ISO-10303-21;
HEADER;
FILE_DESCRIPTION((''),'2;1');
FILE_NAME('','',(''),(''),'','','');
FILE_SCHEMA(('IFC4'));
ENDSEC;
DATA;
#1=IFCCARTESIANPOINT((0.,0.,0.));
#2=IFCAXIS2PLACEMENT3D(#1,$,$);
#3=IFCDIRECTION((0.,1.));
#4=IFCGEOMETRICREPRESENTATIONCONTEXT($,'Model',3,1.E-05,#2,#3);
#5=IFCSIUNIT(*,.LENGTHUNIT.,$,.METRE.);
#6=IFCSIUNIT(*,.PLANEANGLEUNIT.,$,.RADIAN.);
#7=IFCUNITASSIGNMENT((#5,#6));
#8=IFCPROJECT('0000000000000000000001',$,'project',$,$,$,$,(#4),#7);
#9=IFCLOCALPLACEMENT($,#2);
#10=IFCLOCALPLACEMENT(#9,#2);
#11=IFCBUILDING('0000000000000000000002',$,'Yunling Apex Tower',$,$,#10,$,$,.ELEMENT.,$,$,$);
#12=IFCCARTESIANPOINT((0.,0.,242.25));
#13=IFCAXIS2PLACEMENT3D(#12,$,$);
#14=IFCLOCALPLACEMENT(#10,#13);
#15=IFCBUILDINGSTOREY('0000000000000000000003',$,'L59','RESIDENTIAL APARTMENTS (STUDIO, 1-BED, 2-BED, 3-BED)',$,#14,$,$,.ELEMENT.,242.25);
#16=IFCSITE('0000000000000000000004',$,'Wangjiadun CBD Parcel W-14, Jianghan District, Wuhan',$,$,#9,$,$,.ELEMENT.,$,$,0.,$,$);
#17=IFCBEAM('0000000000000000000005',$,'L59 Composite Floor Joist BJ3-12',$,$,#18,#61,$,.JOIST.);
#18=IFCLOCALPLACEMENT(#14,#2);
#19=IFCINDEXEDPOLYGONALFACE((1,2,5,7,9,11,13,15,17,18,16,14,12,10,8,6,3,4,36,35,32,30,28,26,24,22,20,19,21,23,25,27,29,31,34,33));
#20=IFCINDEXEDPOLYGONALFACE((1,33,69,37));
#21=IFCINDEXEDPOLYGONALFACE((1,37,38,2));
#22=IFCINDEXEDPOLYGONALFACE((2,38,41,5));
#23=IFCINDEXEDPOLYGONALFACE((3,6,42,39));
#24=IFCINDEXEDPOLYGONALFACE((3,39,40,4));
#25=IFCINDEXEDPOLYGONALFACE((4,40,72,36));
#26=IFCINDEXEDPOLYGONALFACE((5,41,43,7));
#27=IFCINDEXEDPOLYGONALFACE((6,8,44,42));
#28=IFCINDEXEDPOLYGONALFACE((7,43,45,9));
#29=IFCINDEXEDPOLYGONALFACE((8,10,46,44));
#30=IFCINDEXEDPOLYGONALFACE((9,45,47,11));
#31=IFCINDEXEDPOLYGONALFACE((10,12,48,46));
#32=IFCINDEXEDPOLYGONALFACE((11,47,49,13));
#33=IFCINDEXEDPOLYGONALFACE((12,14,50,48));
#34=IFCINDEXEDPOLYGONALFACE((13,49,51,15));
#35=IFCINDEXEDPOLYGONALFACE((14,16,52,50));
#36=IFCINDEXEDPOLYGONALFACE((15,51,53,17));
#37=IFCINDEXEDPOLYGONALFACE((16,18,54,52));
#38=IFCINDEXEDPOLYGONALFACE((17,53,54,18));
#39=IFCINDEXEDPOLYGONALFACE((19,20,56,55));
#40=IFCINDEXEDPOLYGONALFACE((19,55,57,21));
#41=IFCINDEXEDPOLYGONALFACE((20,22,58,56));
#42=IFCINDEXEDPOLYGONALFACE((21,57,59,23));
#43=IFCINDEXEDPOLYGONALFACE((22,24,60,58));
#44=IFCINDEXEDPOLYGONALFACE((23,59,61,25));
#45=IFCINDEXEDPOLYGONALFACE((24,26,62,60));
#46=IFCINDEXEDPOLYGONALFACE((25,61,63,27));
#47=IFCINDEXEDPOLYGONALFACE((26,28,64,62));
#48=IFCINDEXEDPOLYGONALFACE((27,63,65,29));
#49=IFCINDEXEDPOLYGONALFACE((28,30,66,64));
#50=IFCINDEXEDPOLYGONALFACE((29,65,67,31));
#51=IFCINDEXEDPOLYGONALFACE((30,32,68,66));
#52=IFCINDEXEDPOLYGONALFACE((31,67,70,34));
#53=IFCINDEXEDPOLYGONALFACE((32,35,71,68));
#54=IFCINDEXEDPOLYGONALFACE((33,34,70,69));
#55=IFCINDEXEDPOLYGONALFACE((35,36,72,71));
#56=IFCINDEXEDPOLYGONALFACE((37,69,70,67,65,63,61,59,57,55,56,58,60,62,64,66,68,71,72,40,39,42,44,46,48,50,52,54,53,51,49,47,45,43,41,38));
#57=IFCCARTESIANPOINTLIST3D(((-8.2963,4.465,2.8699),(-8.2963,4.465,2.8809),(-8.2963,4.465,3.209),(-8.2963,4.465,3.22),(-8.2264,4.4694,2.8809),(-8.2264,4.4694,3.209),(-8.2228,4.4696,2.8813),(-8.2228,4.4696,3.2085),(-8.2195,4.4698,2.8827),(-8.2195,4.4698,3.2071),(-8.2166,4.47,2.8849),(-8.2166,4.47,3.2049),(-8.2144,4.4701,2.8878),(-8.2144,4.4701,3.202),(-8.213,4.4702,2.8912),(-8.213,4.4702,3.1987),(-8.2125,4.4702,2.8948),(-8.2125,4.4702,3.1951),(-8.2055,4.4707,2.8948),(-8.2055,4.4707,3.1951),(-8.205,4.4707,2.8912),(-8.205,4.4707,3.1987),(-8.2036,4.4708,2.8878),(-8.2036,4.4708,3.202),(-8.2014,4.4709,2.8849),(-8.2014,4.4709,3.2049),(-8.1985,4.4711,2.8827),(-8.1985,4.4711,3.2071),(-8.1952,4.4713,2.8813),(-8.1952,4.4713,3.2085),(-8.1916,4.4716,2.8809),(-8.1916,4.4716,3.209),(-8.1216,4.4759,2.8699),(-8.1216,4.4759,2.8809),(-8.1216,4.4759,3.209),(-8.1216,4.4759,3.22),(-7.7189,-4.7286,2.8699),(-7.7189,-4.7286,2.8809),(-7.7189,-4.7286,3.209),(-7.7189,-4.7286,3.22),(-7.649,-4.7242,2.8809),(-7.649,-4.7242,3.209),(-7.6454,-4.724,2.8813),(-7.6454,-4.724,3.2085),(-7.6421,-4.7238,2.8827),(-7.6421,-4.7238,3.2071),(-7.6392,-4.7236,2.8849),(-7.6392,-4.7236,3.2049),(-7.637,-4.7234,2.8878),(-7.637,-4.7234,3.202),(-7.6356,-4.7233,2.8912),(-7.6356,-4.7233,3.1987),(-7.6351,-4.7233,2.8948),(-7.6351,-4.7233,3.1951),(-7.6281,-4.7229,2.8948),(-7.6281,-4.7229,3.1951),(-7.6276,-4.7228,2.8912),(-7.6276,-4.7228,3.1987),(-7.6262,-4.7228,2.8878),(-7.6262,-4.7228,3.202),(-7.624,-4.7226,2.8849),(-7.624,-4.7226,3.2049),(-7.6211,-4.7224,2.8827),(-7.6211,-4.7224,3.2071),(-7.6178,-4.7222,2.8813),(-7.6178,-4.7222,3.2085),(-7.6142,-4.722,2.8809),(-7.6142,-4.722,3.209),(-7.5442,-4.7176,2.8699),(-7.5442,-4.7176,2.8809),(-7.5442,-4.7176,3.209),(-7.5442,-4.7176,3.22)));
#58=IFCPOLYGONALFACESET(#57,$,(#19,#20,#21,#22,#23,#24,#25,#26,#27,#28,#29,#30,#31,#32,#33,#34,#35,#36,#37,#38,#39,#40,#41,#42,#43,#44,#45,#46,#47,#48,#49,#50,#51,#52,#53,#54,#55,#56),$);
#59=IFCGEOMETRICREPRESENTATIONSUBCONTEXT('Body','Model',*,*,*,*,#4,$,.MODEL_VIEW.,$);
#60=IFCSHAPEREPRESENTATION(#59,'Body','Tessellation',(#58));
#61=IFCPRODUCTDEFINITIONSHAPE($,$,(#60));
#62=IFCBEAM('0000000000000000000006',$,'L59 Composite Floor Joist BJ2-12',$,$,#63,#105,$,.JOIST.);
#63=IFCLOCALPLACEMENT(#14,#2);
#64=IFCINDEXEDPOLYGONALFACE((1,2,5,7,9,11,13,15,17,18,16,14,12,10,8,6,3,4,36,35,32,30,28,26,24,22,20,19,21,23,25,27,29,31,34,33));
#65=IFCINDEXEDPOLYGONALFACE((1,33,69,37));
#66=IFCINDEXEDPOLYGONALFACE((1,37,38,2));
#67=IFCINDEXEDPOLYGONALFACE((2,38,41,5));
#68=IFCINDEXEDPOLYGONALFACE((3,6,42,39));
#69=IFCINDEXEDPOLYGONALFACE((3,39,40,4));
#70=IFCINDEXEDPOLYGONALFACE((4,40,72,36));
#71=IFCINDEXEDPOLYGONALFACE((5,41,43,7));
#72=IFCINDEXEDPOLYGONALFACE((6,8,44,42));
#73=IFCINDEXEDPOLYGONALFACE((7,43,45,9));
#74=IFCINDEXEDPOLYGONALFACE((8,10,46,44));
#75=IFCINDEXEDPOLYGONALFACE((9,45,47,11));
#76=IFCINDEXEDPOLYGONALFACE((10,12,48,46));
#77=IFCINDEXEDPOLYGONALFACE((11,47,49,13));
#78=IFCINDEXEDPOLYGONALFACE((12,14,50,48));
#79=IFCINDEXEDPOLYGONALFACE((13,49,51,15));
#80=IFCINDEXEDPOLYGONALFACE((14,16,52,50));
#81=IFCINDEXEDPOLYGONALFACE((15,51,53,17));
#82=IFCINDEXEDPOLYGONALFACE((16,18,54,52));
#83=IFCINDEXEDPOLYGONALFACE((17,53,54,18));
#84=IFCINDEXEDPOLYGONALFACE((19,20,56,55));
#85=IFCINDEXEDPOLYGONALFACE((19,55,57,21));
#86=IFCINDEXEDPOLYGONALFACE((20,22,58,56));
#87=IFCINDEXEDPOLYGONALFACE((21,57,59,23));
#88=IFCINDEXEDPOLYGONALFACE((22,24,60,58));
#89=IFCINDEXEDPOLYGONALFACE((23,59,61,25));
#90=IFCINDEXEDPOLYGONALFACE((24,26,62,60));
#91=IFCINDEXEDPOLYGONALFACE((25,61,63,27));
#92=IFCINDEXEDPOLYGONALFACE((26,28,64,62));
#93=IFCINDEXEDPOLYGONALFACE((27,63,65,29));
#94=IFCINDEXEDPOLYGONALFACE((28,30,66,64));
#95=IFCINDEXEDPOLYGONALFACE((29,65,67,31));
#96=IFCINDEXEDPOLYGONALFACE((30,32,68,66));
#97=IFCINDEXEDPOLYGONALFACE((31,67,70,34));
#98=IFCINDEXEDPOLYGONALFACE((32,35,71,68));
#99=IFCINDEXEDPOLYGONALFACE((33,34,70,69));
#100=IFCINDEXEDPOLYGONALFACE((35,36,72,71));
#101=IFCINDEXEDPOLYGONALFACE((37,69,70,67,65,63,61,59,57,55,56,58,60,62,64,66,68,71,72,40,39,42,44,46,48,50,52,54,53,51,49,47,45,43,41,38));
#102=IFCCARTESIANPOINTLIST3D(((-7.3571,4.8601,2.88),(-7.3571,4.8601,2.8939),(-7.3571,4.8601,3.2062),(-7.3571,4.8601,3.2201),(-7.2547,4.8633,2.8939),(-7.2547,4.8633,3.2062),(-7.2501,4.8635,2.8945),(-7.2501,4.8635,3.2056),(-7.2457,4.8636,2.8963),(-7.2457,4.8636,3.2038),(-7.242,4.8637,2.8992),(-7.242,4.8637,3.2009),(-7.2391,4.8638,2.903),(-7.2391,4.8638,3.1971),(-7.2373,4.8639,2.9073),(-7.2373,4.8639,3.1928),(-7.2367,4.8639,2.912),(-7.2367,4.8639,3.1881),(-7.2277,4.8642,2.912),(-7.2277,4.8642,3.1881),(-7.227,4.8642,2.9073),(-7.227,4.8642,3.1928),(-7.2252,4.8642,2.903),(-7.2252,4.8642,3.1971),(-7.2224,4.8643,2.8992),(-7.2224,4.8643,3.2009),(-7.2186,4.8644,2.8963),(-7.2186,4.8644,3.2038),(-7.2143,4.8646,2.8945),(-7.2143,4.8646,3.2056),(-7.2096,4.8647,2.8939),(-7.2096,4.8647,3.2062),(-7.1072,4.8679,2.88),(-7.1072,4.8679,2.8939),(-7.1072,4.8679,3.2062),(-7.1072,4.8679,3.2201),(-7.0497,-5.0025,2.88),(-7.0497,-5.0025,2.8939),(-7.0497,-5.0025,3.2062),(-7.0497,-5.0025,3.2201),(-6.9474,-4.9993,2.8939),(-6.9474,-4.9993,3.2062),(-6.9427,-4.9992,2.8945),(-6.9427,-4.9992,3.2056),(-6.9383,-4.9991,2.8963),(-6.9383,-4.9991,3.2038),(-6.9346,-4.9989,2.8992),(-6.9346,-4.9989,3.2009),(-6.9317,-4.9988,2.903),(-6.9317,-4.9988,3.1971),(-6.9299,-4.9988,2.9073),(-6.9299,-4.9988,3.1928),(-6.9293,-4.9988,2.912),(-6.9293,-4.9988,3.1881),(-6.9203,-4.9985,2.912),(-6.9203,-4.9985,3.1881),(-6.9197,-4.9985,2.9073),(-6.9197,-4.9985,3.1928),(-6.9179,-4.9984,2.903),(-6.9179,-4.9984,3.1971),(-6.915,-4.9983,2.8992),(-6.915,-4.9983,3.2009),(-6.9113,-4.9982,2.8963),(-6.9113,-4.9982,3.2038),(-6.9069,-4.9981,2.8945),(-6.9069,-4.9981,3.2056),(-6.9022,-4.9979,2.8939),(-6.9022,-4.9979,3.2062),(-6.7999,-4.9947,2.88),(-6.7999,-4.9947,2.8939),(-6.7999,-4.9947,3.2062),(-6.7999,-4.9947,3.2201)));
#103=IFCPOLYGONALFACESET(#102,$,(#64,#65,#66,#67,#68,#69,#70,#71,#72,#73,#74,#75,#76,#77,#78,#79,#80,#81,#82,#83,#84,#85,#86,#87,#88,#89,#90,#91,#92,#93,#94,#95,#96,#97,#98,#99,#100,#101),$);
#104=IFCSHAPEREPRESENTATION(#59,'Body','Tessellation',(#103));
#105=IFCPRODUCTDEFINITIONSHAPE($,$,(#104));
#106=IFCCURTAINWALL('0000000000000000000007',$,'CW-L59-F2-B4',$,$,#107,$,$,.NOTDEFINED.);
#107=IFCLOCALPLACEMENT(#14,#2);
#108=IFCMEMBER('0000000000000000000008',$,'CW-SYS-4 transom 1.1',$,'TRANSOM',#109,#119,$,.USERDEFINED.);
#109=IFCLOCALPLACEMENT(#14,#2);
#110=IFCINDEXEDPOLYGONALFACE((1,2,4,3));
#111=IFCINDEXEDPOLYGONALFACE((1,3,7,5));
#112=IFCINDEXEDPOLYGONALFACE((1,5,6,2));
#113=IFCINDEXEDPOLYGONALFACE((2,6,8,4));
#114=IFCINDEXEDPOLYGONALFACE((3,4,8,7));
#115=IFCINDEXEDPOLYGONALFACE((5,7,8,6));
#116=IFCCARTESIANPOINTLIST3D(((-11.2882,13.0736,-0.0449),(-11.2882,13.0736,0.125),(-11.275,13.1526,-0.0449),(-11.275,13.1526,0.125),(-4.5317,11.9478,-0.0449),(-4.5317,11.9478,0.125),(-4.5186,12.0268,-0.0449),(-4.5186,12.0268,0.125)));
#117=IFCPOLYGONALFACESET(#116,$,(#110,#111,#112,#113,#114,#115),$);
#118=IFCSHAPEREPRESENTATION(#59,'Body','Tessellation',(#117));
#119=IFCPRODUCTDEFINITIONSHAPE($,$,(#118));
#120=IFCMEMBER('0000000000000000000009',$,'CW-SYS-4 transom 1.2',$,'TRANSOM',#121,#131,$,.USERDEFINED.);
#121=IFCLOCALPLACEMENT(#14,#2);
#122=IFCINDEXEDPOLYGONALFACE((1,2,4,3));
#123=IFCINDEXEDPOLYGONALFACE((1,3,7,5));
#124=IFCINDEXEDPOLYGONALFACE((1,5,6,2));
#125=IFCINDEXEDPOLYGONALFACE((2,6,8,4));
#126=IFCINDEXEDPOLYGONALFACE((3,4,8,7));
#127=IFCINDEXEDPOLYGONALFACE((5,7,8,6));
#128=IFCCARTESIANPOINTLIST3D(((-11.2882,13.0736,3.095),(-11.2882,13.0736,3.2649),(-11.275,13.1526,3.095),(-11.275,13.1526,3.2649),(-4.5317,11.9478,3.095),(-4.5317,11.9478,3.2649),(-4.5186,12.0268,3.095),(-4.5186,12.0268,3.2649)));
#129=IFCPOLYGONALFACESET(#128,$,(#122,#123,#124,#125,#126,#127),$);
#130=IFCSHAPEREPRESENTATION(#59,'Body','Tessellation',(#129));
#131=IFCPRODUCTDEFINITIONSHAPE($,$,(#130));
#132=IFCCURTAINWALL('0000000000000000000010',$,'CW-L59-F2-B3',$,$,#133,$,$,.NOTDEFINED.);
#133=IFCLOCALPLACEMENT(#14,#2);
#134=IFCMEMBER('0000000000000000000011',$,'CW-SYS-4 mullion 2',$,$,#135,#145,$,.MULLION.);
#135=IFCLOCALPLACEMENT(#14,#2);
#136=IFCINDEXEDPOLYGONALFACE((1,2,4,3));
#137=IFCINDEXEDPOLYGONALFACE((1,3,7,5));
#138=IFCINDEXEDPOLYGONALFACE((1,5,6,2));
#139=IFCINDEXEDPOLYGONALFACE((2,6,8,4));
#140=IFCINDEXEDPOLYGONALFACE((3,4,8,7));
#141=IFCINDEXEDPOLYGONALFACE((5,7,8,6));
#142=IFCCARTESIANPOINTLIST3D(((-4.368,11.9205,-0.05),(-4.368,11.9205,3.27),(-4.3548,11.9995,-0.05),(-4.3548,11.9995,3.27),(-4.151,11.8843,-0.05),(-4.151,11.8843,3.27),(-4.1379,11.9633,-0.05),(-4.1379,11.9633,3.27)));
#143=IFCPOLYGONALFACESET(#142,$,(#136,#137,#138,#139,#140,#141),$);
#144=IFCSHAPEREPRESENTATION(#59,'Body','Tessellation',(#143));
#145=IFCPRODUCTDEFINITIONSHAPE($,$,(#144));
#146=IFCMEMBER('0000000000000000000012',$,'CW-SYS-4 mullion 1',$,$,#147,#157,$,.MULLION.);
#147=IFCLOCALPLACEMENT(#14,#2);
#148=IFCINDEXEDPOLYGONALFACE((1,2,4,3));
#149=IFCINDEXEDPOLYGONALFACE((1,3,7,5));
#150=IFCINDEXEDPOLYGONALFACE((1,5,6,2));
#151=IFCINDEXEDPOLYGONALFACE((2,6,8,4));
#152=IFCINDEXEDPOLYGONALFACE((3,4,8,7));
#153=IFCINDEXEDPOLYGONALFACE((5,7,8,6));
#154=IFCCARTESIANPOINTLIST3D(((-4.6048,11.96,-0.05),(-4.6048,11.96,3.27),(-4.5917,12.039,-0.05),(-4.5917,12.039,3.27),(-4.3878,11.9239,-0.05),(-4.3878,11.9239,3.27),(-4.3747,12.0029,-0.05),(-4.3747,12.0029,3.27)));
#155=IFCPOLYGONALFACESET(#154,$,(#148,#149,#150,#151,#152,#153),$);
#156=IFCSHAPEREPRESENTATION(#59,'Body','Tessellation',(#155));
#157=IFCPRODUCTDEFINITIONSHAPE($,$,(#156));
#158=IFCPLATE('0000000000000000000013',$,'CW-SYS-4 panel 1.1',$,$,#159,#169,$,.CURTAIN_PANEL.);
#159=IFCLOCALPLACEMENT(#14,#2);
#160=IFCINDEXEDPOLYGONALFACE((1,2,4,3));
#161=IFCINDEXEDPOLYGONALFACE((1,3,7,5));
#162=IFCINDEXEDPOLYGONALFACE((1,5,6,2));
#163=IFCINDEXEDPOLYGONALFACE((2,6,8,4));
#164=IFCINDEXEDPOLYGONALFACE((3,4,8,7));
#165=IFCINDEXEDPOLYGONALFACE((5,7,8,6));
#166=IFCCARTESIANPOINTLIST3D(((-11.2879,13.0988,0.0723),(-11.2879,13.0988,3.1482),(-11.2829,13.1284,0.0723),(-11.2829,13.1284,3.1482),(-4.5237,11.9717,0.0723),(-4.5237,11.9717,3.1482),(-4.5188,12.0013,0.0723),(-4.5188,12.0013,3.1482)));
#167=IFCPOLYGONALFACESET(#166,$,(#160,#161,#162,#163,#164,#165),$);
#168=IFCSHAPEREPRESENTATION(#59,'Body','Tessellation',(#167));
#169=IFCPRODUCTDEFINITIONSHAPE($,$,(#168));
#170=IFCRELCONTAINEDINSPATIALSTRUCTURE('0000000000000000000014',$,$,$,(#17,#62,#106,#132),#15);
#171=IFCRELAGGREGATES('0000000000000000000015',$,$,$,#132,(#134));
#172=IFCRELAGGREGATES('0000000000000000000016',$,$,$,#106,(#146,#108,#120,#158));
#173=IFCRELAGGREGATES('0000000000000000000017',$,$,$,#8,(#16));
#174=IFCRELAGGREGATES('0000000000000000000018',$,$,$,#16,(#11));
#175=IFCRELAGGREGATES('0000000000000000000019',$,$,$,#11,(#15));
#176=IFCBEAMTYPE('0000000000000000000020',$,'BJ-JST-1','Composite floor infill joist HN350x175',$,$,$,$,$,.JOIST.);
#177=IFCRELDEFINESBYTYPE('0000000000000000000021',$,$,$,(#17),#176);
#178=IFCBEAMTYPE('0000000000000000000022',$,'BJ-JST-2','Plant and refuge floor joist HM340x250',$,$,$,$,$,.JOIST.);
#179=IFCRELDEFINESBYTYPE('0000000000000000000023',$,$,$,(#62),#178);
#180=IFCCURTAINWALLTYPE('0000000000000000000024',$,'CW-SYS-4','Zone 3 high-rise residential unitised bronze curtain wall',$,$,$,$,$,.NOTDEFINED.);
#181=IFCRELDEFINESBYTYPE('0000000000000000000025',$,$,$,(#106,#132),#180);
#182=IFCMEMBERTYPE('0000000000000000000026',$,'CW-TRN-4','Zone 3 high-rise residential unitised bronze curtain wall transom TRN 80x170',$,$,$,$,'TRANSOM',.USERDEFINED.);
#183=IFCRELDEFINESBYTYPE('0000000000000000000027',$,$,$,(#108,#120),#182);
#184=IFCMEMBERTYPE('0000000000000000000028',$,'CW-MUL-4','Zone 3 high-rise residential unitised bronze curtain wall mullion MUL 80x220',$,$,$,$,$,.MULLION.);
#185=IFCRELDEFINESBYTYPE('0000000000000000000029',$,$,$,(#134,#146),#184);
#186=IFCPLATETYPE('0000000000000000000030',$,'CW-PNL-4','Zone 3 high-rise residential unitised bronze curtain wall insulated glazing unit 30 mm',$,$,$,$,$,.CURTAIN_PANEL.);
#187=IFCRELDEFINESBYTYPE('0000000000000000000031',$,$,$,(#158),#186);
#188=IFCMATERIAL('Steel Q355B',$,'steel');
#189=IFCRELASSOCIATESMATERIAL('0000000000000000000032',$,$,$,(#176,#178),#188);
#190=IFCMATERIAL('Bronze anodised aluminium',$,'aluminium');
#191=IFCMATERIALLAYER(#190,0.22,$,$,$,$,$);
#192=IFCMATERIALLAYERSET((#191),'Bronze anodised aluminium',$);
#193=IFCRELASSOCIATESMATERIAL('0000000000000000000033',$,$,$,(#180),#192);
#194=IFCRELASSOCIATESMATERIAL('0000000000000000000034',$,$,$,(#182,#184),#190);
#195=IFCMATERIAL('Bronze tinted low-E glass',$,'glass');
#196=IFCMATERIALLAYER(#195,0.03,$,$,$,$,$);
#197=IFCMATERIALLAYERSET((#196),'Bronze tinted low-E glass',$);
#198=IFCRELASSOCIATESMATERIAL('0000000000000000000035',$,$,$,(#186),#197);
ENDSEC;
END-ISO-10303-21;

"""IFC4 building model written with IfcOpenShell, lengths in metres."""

from ifc_helpers import new_model, si_unit, direction, frame, origin, origin_2d, place, context, subcontext, project, spatial, rectangle, i_section, extrude, source, transform, mapped, material, layer, layer_set, material_profile, profile_set, type_object, element, aggregate, save


model = new_model("IFC4")

# Units and contexts
model_context = context("Model", 3, precision=1e-05, world=origin(), true_north=direction((0.0, 1.0)))
body_context = subcontext(model_context, "Body", "Model", "MODEL_VIEW")
ifc_project = project(units=[si_unit("LENGTHUNIT", "METRE"), si_unit("PLANEANGLEUNIT", "RADIAN")], contexts=[model_context])

# Site, building, storey
site_placement = place(None, origin())
site = spatial("IfcSite", under=ifc_project, at=site_placement, Name="Wangjiadun CBD Parcel W-14, Jianghan District, Wuhan", CompositionType="ELEMENT", RefElevation=0.0)
building_placement = place(site_placement, origin())
building = spatial("IfcBuilding", under=site, at=building_placement, Name="Yunling Apex Tower", CompositionType="ELEMENT")
storey_placement = place(building_placement, frame((0.0, 0.0, 242.25)))
storey = spatial("IfcBuildingStorey", under=building, at=storey_placement, Name="L59", Description="RESIDENTIAL APARTMENTS (STUDIO, 1-BED, 2-BED, 3-BED)", CompositionType="ELEMENT", Elevation=242.25)

# Beams
ifc_material_1 = material(Name="Steel Q355B", Category="steel")
ifc_material_profile_1 = material_profile(ifc_material_1, i_section(OverallWidth=0.175, OverallDepth=0.3501, WebThickness=0.0071, FlangeThickness=0.011, FilletRadius=0.0139, at=origin_2d()))
ifc_profile_set_1 = profile_set([ifc_material_profile_1], Name="Steel Q355B")
beam_type_1 = type_object("IfcBeamType", Name="BJ-JST-1", Description="Composite floor infill joist HN350x175", PredefinedType="JOIST", material=ifc_profile_set_1)
ifc_material_profile_2 = material_profile(ifc_material_1, i_section(OverallWidth=0.25, OverallDepth=0.3401, WebThickness=0.009, FlangeThickness=0.0139, FilletRadius=0.0181, at=origin_2d()))
ifc_profile_set_2 = profile_set([ifc_material_profile_2], Name="Steel Q355B")
beam_type_2 = type_object("IfcBeamType", Name="BJ-JST-2", Description="Plant and refuge floor joist HM340x250", PredefinedType="JOIST", material=ifc_profile_set_2)
shared_shape_1 = source(origin(), body_context, "Body", "SweptSolid", [
    extrude(i_section(OverallWidth=0.175, OverallDepth=0.3501, WebThickness=0.0071, FlangeThickness=0.011, FilletRadius=0.0139, at=origin_2d()), origin(), (0.0, 0.0, 1.0), 9.2117),
])
beam_1_placement = place(storey_placement, frame((-8.209, 4.4705, 3.0449), z_axis=(0.06268, -0.998034, 0.0), x_axis=(0.998034, 0.06268, 0.0)))
element("IfcBeam", 1, at=beam_1_placement, inside=storey, type_object=beam_type_1, Name="L59 Composite Floor Joist BJ3-12", PredefinedType="JOIST", context=body_context, shape_type="MappedRepresentation", body=[
    mapped(shared_shape_1, transform((0.0, 0.0, 0.0), scale=1.0)),
])
shared_shape_2 = source(origin(), body_context, "Body", "SweptSolid", [
    extrude(i_section(OverallWidth=0.25, OverallDepth=0.3401, WebThickness=0.009, FlangeThickness=0.0139, FilletRadius=0.0181, at=origin_2d()), origin(), (0.0, 0.0, 1.0), 9.8674),
])
beam_2_placement = place(storey_placement, frame((-7.2322, 4.864, 3.05), z_axis=(0.031151, -0.999515, 0.0), x_axis=(0.999515, 0.031151, 0.0)))
element("IfcBeam", 2, at=beam_2_placement, inside=storey, type_object=beam_type_2, Name="L59 Composite Floor Joist BJ2-12", PredefinedType="JOIST", context=body_context, shape_type="MappedRepresentation", body=[
    mapped(shared_shape_2, transform((0.0, 0.0, 0.0), scale=1.0)),
])

# Curtain wall, members
ifc_material_2 = material(Name="Bronze anodised aluminium", Category="aluminium")
ifc_layer_1 = layer(ifc_material_2, 0.22)
ifc_layer_set_1 = layer_set([ifc_layer_1], Name="Bronze anodised aluminium")
curtain_wall_type = type_object("IfcCurtainWallType", Name="CW-SYS-4", Description="Zone 3 high-rise residential unitised bronze curtain wall", PredefinedType="NOTDEFINED", material=ifc_layer_set_1)
curtain_wall_1_placement = place(storey_placement, origin())
curtain_wall_1 = element("IfcCurtainWall", 3, at=curtain_wall_1_placement, inside=storey, type_object=curtain_wall_type, Name="CW-L59-F2-B4", PredefinedType="NOTDEFINED")
ifc_material_profile_3 = material_profile(ifc_material_2, rectangle(XDim=0.0801, YDim=0.1699, at=origin_2d()))
ifc_profile_set_3 = profile_set([ifc_material_profile_3], Name="Bronze anodised aluminium")
member_type_1 = type_object("IfcMemberType", Name="CW-TRN-4", Description="Zone 3 high-rise residential unitised bronze curtain wall transom TRN 80x170", ElementType="TRANSOM", PredefinedType="USERDEFINED", material=ifc_profile_set_3)
shared_shape_3 = source(origin(), body_context, "Body", "SweptSolid", [
    extrude(rectangle(XDim=0.0801, YDim=0.1699, at=origin_2d()), origin(), (0.0, 0.0, 1.0), 6.8496),
])
member_1_placement = place(storey_placement, frame((-4.5251, 11.9873, 0.04), z_axis=(-0.986402, 0.164353, 0.0), x_axis=(-0.164353, -0.986402, 0.0)))
member_1 = element("IfcMember", 4, at=member_1_placement, type_object=member_type_1, Name="CW-SYS-4 transom 1.1", ObjectType="TRANSOM", PredefinedType="USERDEFINED", context=body_context, shape_type="MappedRepresentation", body=[
    mapped(shared_shape_3, transform((0.0, 0.0, 0.0), scale=1.0)),
])
member_2_placement = place(storey_placement, frame((-4.5251, 11.9873, 3.1799), z_axis=(-0.986402, 0.164353, 0.0), x_axis=(-0.164353, -0.986402, 0.0)))
member_2 = element("IfcMember", 5, at=member_2_placement, type_object=member_type_1, Name="CW-SYS-4 transom 1.2", ObjectType="TRANSOM", PredefinedType="USERDEFINED", context=body_context, shape_type="MappedRepresentation", body=[
    mapped(shared_shape_3, transform((0.0, 0.0, 0.0), scale=1.0)),
])

# Curtain wall, member
curtain_wall_2_placement = place(storey_placement, origin())
curtain_wall_2 = element("IfcCurtainWall", 6, at=curtain_wall_2_placement, inside=storey, type_object=curtain_wall_type, Name="CW-L59-F2-B3", PredefinedType="NOTDEFINED")
ifc_material_profile_4 = material_profile(ifc_material_2, rectangle(XDim=0.0801, YDim=0.22, at=origin_2d()))
ifc_profile_set_4 = profile_set([ifc_material_profile_4], Name="Bronze anodised aluminium")
member_type_2 = type_object("IfcMemberType", Name="CW-MUL-4", Description="Zone 3 high-rise residential unitised bronze curtain wall mullion MUL 80x220", PredefinedType="MULLION", material=ifc_profile_set_4)
shared_shape_4 = source(origin(), body_context, "Body", "SweptSolid", [
    extrude(rectangle(XDim=0.0801, YDim=0.22, at=origin_2d()), origin(), (0.0, 0.0, 1.0), 3.3201),
])
member_3_placement = place(storey_placement, frame((-4.2529, 11.9419, -0.05), z_axis=(0.0, 0.0, 1.0), x_axis=(-0.164353, -0.986402, 0.0)))
member_3 = element("IfcMember", 7, at=member_3_placement, type_object=member_type_2, Name="CW-SYS-4 mullion 2", PredefinedType="MULLION", context=body_context, shape_type="MappedRepresentation", body=[
    mapped(shared_shape_4, transform((0.0, 0.0, 0.0), scale=1.0)),
])
aggregate(curtain_wall_2, [member_3])

# Member
member_4_placement = place(storey_placement, frame((-4.4897, 11.9814, -0.05), z_axis=(0.0, 0.0, 1.0), x_axis=(-0.164353, -0.986402, 0.0)))
member_4 = element("IfcMember", 8, at=member_4_placement, type_object=member_type_2, Name="CW-SYS-4 mullion 1", PredefinedType="MULLION", context=body_context, shape_type="MappedRepresentation", body=[
    mapped(shared_shape_4, transform((0.0, 0.0, 0.0), scale=1.0)),
])

# Plate
ifc_material_3 = material(Name="Bronze tinted low-E glass", Category="glass")
ifc_layer_2 = layer(ifc_material_3, 0.03)
ifc_layer_set_2 = layer_set([ifc_layer_2], Name="Bronze tinted low-E glass")
plate_type = type_object("IfcPlateType", Name="CW-PNL-4", Description="Zone 3 high-rise residential unitised bronze curtain wall insulated glazing unit 30 mm", PredefinedType="CURTAIN_PANEL", material=ifc_layer_set_2)
shared_shape_5 = source(origin(), body_context, "Body", "SweptSolid", [
    extrude(rectangle(XDim=6.8574, YDim=0.03, at=origin_2d()), origin(), (0.0, 0.0, 1.0), 3.0759),
])
plate_placement = place(storey_placement, frame((-7.9033, 12.55, 0.0723), z_axis=(0.0, 0.0, 1.0), x_axis=(-0.986402, 0.164353, 0.0)))
plate = element("IfcPlate", 9, at=plate_placement, type_object=plate_type, Name="CW-SYS-4 panel 1.1", PredefinedType="CURTAIN_PANEL", context=body_context, shape_type="MappedRepresentation", body=[
    mapped(shared_shape_5, transform((0.0, 0.0, 0.0), scale=1.0)),
])
aggregate(curtain_wall_1, [member_4, member_1, member_2, plate])

save(model, "model.ifc")
